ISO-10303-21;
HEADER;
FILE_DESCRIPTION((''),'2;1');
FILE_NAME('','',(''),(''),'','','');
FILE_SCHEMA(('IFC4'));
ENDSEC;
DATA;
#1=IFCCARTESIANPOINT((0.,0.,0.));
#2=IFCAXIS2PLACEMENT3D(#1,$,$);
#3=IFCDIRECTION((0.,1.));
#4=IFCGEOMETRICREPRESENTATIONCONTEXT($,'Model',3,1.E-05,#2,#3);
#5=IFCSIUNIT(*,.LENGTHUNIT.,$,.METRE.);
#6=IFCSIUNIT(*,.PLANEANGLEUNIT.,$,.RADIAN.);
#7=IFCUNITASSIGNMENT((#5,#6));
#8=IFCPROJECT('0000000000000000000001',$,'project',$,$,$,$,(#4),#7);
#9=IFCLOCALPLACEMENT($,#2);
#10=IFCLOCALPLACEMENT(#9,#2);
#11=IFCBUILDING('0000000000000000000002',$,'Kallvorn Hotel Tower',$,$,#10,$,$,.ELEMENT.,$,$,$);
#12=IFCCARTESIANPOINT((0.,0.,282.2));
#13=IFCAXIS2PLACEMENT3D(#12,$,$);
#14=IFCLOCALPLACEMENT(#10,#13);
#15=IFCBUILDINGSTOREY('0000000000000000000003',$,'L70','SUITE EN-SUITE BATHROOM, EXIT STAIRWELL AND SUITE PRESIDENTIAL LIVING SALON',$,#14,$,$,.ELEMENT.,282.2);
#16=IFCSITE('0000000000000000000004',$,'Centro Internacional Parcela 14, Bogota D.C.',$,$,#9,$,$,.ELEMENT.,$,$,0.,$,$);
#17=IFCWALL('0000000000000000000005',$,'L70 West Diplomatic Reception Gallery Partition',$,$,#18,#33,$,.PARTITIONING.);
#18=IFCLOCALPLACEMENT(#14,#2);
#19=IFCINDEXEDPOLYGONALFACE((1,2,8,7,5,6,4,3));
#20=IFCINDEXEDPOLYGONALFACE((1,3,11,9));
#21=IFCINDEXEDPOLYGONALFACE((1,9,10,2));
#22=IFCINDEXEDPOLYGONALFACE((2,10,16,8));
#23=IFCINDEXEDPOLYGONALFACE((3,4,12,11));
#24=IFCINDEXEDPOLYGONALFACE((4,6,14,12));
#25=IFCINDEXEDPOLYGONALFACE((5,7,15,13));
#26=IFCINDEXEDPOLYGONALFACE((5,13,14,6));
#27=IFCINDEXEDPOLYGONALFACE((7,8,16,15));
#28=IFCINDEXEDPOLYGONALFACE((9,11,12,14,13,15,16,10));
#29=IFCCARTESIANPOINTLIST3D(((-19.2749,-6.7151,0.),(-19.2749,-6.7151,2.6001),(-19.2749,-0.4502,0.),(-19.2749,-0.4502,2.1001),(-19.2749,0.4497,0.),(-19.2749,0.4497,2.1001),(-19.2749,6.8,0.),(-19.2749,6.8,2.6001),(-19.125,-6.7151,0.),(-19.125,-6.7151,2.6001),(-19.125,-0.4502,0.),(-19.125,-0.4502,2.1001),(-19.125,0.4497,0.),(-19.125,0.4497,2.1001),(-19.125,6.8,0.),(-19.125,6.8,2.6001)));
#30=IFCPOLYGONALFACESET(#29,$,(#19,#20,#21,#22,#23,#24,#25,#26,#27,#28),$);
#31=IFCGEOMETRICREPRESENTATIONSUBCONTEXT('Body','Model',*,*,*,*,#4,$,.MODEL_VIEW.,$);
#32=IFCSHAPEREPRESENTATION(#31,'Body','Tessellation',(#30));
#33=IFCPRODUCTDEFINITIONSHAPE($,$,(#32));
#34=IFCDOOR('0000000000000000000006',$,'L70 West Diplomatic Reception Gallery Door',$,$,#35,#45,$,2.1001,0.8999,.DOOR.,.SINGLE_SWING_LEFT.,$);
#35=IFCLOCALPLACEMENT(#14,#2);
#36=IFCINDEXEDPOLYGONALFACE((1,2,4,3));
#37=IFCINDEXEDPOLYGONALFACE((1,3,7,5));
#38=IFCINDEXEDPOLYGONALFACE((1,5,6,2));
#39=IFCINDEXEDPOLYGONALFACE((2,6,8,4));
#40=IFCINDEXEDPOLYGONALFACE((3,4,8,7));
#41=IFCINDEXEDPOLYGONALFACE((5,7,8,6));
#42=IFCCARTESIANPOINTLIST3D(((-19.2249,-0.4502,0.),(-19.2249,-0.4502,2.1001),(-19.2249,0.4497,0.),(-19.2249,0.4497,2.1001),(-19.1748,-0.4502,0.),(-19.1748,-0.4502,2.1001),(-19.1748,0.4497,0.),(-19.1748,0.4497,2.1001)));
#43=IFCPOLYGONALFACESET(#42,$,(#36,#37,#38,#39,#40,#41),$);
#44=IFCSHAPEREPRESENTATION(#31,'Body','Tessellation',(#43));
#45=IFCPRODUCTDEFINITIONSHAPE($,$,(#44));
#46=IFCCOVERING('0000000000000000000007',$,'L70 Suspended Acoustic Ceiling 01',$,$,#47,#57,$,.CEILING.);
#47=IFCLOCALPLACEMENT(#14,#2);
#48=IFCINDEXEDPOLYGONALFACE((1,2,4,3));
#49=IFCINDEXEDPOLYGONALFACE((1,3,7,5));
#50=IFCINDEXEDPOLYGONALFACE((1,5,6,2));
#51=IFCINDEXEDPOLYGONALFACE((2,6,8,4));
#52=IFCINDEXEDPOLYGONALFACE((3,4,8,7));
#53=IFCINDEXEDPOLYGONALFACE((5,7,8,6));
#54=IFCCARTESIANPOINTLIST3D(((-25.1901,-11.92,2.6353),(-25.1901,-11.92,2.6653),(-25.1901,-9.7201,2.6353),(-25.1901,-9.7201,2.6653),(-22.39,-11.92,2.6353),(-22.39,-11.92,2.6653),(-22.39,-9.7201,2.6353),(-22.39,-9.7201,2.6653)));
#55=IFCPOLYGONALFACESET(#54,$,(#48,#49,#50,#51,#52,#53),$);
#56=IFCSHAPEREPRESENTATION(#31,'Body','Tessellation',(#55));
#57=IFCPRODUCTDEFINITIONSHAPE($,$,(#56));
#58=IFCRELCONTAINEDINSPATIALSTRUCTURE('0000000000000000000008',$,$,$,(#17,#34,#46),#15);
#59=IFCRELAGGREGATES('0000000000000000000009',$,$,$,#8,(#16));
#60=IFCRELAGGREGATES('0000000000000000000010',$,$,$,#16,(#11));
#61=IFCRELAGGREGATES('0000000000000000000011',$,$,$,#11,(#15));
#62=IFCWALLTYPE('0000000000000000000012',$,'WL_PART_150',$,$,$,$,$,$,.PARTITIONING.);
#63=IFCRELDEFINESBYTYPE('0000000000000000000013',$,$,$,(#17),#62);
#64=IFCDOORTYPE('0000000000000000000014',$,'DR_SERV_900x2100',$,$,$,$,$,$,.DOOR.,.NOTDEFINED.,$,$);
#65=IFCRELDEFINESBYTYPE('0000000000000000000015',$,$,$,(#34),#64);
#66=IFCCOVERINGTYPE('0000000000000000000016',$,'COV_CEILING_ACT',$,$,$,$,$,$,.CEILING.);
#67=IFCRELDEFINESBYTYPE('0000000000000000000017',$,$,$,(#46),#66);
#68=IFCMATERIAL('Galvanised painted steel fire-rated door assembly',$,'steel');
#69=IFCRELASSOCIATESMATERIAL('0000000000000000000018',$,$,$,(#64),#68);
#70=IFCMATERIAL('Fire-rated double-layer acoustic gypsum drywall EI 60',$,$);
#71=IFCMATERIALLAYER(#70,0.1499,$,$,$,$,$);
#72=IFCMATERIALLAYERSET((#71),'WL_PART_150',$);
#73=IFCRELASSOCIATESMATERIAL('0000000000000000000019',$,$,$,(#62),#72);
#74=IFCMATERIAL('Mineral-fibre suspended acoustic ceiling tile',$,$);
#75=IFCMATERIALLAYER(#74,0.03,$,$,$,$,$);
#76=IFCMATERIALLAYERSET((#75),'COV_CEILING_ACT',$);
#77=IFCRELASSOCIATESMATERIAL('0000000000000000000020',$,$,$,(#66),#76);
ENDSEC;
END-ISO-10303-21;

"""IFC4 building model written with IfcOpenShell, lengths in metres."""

from ifc_helpers import new_model, si_unit, direction, frame, frame_2d, origin, origin_2d, place, context, subcontext, project, spatial, rectangle, extrude, material, layer, layer_set, type_object, element, fill, save


model = new_model("IFC4")

# Units and contexts
model_context = context("Model", 3, precision=1e-05, world=origin(), true_north=direction((0.0, 1.0)))
body_context = subcontext(model_context, "Body", "Model", "MODEL_VIEW")
ifc_project = project(units=[si_unit("LENGTHUNIT", "METRE"), si_unit("PLANEANGLEUNIT", "RADIAN")], contexts=[model_context])

# Site, building, storey
site_placement = place(None, origin())
site = spatial("IfcSite", under=ifc_project, at=site_placement, Name="Centro Internacional Parcela 14, Bogota D.C.", CompositionType="ELEMENT", RefElevation=0.0)
building_placement = place(site_placement, origin())
building = spatial("IfcBuilding", under=site, at=building_placement, Name="Kallvorn Hotel Tower", CompositionType="ELEMENT")
storey_placement = place(building_placement, frame((0.0, 0.0, 282.2)))
storey = spatial("IfcBuildingStorey", under=building, at=storey_placement, Name="L70", Description="SUITE EN-SUITE BATHROOM, EXIT STAIRWELL AND SUITE PRESIDENTIAL LIVING SALON", CompositionType="ELEMENT", Elevation=282.2)

# Shared definitions
ifc_material_1 = material(Name="Galvanised painted steel fire-rated door assembly", Category="steel")
door_type_1 = type_object("IfcDoorType", Name="DR_SERV_900x2100", OperationType="NOTDEFINED", PredefinedType="DOOR", material=ifc_material_1)

# Shared definitions
ifc_material_2 = material(Name="Fire-rated double-layer acoustic gypsum drywall EI 60")
ifc_layer_1 = layer(ifc_material_2, 0.1499)
ifc_layer_set_1 = layer_set([ifc_layer_1], Name="WL_PART_150")
wall_type_1 = type_object("IfcWallType", Name="WL_PART_150", PredefinedType="PARTITIONING", material=ifc_layer_set_1)

# Wall, opening, door
wall_1_placement = place(storey_placement, frame((-19.2, -6.7151, 0.0), z_axis=(0.0, 0.0, 1.0), x_axis=(0.0, 1.0, 0.0)))
wall_1 = element("IfcWall", 1, at=wall_1_placement, inside=storey, type_object=wall_type_1, Name="L70 West Diplomatic Reception Gallery Partition", PredefinedType="PARTITIONING", context=body_context, shape_type="SweptSolid", body=[
    extrude(rectangle(XDim=13.5151, YDim=0.1499, at=frame_2d((6.7576, 0.0))), origin(), (0.0, 0.0, 1.0), 2.6001),
])
opening_1_placement = place(wall_1_placement, frame((6.2649, 0.0, 0.0)))
opening_1 = element("IfcOpeningElement", 2, at=opening_1_placement, cuts=wall_1, PredefinedType="OPENING", context=body_context, shape_type="SweptSolid", body=[
    extrude(rectangle(XDim=0.8999, YDim=2.1001, at=frame_2d((0.45, 1.05))), frame((0.0, 0.0898, 0.0), z_axis=(0.0, -1.0, 0.0), x_axis=(1.0, 0.0, 0.0)), (0.0, 0.0, 1.0), 0.1799),
])
door_1_placement = place(opening_1_placement, origin())
door_1 = element("IfcDoor", 3, at=door_1_placement, inside=storey, type_object=door_type_1, Name="L70 West Diplomatic Reception Gallery Door", OperationType="SINGLE_SWING_LEFT", OverallHeight=2.1001, OverallWidth=0.8999, PredefinedType="DOOR", context=body_context, shape_type="SweptSolid", body=[
    extrude(rectangle(XDim=0.8999, YDim=2.1001, at=frame_2d((0.45, 1.05))), frame((0.0, 0.0249, 0.0), z_axis=(0.0, -1.0, 0.0), x_axis=(1.0, 0.0, 0.0)), (0.0, 0.0, 1.0), 0.05),
])
fill(opening_1, door_1)

# Covering
ifc_material_3 = material(Name="Mineral-fibre suspended acoustic ceiling tile")
ifc_layer_2 = layer(ifc_material_3, 0.03)
ifc_layer_set_2 = layer_set([ifc_layer_2], Name="COV_CEILING_ACT")
covering_type = type_object("IfcCoveringType", Name="COV_CEILING_ACT", PredefinedType="CEILING", material=ifc_layer_set_2)
covering_placement = place(storey_placement, frame((-23.79, -10.8201, 2.6353), z_axis=(0.0, 0.0, 1.0), x_axis=(1.0, 0.0, 0.0)))
element("IfcCovering", 4, at=covering_placement, inside=storey, type_object=covering_type, Name="L70 Suspended Acoustic Ceiling 01", PredefinedType="CEILING", context=body_context, shape_type="SweptSolid", body=[
    extrude(rectangle(XDim=2.8, YDim=2.2, at=origin_2d()), origin(), (0.0, 0.0, 1.0), 0.03),
])

save(model, "model.ifc")
